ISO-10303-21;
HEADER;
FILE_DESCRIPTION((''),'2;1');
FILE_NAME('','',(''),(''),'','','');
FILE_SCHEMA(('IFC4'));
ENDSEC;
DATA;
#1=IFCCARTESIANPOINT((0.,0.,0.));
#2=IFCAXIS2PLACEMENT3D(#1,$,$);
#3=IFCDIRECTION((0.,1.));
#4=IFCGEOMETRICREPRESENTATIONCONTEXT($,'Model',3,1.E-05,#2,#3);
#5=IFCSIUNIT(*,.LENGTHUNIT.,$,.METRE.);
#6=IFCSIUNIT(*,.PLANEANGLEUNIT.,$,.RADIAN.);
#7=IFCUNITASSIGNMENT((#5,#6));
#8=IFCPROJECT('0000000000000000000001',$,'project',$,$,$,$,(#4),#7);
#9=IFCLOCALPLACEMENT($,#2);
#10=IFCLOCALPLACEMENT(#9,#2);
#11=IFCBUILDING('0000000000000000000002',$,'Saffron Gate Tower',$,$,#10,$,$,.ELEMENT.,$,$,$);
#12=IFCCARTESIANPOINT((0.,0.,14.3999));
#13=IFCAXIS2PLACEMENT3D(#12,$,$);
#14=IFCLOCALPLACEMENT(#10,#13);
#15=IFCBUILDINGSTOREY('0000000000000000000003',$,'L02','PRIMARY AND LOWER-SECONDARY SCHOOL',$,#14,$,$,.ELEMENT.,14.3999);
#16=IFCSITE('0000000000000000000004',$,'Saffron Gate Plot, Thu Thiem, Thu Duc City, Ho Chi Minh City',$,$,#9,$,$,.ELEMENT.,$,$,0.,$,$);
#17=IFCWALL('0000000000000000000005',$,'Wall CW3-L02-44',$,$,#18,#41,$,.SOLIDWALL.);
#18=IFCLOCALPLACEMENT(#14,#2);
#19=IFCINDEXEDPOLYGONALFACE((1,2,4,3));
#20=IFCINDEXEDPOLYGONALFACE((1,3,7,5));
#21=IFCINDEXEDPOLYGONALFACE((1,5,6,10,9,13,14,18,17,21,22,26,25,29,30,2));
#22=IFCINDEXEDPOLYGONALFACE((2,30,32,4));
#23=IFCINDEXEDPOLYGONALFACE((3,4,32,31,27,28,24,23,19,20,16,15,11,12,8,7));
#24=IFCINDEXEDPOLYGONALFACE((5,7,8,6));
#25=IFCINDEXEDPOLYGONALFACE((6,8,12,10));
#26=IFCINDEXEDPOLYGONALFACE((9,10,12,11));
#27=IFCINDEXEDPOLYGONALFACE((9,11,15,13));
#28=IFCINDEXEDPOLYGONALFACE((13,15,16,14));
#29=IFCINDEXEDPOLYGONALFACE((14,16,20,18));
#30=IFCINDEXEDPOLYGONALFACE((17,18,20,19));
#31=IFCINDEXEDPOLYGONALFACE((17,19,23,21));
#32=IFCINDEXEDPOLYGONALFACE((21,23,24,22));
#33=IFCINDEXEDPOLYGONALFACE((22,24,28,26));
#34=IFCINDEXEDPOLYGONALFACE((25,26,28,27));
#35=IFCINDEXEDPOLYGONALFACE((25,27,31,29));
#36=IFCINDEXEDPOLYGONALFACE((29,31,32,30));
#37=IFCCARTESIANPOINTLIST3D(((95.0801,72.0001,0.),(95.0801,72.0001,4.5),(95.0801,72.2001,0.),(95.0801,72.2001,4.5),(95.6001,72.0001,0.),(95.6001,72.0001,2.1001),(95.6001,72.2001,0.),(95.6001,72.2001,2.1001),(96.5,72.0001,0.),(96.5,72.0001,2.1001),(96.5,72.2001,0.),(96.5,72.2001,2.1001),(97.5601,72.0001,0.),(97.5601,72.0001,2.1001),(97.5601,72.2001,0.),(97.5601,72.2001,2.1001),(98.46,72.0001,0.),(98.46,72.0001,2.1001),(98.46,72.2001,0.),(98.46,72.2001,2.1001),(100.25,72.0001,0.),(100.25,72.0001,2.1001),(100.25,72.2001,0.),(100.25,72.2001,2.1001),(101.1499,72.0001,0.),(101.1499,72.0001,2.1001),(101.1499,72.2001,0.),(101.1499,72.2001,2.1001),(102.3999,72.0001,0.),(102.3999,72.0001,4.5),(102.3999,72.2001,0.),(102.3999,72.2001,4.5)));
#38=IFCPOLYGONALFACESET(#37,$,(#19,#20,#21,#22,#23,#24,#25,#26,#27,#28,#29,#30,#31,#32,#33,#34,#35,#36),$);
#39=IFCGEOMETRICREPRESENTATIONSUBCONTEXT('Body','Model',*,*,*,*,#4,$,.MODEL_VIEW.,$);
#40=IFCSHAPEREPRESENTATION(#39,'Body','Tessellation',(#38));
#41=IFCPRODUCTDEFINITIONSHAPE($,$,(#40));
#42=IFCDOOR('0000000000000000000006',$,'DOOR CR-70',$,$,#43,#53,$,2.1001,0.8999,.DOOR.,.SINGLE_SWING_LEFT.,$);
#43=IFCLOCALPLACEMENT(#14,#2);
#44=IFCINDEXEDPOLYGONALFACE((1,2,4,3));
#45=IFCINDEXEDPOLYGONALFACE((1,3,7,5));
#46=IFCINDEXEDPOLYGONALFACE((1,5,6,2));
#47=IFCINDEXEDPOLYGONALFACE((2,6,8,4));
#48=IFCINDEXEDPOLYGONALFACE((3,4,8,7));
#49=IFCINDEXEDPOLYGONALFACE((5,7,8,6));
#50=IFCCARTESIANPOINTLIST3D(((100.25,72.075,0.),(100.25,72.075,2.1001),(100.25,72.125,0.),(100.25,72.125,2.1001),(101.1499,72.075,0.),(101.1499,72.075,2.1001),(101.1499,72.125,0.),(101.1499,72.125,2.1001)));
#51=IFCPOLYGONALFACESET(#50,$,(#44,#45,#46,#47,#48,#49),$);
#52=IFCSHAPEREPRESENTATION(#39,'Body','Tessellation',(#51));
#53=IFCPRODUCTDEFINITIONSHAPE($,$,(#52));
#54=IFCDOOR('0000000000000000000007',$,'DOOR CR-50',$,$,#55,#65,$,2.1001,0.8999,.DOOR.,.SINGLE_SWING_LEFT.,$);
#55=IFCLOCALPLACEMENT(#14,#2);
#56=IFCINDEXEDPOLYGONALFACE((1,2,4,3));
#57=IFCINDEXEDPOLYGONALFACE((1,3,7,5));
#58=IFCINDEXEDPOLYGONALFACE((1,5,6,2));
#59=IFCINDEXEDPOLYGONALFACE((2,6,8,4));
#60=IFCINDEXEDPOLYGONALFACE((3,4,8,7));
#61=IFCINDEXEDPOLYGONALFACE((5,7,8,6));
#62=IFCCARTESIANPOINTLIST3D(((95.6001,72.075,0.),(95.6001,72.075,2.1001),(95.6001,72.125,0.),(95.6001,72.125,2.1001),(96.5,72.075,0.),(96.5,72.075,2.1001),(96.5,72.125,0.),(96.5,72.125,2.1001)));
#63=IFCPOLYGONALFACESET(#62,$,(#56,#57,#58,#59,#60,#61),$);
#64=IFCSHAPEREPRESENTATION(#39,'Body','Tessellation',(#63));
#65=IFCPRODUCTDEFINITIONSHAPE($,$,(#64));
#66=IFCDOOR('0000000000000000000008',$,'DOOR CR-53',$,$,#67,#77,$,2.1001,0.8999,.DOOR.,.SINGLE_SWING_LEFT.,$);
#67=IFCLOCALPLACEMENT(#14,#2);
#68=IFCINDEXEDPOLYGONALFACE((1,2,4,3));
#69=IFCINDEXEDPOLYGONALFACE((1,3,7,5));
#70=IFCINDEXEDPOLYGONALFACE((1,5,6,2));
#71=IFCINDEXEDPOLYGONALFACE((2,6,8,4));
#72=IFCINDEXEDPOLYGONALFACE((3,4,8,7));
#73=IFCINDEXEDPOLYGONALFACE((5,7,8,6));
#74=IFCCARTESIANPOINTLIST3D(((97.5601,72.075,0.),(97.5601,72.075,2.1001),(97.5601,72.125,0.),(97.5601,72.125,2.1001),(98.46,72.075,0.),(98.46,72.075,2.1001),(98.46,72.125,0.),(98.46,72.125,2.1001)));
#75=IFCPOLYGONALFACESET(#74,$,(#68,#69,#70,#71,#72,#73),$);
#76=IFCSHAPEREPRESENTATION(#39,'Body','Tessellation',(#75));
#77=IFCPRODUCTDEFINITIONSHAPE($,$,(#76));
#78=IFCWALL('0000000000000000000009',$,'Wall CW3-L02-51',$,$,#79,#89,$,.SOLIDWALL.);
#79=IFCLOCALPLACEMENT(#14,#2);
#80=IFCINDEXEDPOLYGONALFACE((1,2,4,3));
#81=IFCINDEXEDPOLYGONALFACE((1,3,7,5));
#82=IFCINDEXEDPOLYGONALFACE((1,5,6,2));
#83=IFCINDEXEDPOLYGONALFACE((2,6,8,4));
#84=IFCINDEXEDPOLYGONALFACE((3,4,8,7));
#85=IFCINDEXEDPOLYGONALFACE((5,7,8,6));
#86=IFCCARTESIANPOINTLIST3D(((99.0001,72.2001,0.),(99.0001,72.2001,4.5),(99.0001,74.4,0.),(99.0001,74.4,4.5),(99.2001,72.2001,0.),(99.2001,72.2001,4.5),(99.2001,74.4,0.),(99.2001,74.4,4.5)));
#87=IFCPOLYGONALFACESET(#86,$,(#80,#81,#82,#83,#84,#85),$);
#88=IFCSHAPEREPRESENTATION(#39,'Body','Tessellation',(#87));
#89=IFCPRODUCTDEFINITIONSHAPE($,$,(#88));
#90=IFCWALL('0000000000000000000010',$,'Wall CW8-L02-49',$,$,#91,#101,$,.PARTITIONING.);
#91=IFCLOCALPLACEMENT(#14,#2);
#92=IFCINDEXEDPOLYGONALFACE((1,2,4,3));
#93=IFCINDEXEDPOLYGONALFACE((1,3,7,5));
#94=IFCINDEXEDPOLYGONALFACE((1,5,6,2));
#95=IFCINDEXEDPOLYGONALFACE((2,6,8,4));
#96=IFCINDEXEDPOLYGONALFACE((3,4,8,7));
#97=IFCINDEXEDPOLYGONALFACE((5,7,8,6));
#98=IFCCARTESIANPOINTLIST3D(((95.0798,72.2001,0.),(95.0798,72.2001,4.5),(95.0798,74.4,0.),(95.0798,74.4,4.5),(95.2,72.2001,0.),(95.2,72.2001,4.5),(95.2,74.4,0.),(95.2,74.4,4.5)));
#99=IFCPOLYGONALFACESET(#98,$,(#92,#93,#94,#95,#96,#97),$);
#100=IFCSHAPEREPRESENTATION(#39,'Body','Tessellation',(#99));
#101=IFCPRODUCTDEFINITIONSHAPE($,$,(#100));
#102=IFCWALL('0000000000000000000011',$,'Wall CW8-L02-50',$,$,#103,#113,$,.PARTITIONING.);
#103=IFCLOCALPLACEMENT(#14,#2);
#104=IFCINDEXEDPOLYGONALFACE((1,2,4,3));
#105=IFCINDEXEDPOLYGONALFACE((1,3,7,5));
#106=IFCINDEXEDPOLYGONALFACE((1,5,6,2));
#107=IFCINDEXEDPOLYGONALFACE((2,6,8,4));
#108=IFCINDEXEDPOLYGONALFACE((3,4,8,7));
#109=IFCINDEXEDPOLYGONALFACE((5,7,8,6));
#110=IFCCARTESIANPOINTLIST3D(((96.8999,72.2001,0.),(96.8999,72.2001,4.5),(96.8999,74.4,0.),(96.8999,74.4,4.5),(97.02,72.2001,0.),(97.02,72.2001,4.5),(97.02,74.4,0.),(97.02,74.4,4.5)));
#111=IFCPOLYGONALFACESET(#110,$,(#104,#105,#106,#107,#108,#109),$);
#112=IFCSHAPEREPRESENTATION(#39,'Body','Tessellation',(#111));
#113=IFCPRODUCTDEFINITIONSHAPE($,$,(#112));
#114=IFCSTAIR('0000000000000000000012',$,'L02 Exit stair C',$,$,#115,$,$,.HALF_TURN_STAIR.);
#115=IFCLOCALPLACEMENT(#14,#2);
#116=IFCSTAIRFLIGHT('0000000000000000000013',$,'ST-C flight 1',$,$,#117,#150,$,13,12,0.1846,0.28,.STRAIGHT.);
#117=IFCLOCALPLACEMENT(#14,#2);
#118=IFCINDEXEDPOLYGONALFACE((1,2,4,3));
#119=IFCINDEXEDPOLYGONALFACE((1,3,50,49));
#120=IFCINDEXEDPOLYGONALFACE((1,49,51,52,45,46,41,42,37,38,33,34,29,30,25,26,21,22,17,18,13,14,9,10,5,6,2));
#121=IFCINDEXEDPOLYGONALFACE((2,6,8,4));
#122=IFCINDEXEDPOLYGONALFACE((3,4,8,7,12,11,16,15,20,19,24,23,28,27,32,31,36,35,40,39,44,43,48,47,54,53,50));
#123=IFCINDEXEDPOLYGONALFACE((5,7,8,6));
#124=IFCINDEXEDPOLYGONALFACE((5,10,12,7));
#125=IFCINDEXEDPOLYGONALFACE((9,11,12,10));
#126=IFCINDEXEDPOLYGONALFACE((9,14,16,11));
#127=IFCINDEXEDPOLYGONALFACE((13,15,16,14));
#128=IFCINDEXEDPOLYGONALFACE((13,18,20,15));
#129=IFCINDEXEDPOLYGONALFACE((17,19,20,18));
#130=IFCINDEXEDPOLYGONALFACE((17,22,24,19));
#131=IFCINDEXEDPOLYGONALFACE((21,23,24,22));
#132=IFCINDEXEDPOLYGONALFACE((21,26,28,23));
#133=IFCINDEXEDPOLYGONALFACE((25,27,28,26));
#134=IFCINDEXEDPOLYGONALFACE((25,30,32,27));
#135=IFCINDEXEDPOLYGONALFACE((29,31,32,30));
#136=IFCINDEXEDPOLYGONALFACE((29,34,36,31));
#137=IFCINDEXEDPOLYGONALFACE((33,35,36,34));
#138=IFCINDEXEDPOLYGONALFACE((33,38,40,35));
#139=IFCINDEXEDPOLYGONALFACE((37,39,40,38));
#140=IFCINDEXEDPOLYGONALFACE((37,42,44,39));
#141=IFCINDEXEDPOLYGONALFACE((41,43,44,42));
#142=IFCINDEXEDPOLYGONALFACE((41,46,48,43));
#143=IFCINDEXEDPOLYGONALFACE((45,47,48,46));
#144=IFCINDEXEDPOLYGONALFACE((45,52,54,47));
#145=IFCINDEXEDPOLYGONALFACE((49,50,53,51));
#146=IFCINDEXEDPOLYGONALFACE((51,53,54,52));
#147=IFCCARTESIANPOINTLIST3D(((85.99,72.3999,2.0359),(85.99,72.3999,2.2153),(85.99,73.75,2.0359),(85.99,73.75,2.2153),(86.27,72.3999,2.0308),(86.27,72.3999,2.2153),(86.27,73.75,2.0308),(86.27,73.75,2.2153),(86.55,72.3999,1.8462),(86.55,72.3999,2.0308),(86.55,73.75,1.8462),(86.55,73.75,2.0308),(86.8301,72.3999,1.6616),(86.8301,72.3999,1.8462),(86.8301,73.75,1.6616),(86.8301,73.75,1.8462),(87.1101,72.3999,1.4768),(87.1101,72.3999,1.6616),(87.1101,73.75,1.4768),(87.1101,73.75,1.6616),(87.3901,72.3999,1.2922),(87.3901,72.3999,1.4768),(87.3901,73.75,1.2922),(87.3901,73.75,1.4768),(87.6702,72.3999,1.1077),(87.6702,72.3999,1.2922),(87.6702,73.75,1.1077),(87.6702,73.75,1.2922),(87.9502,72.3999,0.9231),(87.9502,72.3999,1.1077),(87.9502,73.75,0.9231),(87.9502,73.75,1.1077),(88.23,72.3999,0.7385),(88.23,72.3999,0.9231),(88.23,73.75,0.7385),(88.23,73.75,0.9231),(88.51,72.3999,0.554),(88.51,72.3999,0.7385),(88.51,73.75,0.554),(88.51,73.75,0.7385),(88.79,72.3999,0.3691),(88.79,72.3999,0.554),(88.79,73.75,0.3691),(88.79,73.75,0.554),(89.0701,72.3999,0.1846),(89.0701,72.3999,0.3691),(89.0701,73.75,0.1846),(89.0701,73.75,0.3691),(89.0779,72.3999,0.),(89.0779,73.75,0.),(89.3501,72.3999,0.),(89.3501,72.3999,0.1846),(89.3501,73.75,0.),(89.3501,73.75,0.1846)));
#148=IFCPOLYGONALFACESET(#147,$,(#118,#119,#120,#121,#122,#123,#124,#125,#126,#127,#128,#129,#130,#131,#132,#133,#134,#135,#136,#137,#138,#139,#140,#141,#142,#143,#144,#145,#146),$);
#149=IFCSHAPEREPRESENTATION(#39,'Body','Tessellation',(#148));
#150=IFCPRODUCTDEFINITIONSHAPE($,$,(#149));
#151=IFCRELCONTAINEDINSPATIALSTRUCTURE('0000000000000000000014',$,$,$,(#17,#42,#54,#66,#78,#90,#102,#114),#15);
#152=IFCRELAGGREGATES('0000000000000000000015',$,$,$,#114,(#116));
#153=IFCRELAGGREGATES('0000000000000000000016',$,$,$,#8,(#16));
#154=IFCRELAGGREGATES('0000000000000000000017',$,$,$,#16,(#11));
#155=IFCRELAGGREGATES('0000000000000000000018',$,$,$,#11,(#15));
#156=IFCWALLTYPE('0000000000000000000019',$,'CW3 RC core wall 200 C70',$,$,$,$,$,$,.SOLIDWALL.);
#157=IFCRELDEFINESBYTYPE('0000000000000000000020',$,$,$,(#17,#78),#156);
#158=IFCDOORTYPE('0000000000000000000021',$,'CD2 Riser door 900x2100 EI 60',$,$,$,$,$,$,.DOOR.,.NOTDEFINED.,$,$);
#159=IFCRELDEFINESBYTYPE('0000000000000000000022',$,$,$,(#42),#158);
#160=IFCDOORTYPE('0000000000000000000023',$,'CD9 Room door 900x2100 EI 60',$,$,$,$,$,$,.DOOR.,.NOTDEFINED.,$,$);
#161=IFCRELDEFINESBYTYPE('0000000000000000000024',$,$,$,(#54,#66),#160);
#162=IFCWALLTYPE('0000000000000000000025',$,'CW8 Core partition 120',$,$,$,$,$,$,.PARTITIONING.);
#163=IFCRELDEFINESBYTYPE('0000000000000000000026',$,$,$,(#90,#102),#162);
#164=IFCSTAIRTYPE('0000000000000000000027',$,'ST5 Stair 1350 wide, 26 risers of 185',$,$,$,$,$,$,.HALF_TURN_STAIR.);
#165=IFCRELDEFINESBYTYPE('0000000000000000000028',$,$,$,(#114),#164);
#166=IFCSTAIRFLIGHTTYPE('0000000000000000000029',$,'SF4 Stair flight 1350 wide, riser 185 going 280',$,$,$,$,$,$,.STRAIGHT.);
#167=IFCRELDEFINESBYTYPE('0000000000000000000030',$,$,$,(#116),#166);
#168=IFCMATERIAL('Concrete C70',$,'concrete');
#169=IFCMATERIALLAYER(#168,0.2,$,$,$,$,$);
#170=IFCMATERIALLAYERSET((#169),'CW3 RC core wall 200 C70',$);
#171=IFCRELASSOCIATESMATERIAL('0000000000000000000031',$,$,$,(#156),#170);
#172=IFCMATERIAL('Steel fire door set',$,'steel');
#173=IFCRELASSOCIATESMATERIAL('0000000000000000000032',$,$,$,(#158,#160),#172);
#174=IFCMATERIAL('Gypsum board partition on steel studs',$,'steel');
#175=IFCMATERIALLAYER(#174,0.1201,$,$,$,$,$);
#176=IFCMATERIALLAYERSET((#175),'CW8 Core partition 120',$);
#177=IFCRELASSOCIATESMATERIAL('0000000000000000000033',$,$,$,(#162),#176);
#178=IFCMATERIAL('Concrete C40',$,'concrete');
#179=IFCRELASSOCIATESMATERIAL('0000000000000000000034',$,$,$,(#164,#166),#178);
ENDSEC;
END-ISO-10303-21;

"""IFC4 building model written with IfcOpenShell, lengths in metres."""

from ifc_helpers import new_model, si_unit, direction, frame, frame_2d, origin, place, context, subcontext, project, spatial, polyline, rectangle, outline, extrude, material, layer, layer_set, type_object, element, fill, aggregate, save


model = new_model("IFC4")

# Units and contexts
model_context = context("Model", 3, precision=1e-05, world=origin(), true_north=direction((0.0, 1.0)))
body_context = subcontext(model_context, "Body", "Model", "MODEL_VIEW")
ifc_project = project(units=[si_unit("LENGTHUNIT", "METRE"), si_unit("PLANEANGLEUNIT", "RADIAN")], contexts=[model_context])

# Site, building, storey
site_placement = place(None, origin())
site = spatial("IfcSite", under=ifc_project, at=site_placement, Name="Saffron Gate Plot, Thu Thiem, Thu Duc City, Ho Chi Minh City", CompositionType="ELEMENT", RefElevation=0.0)
building_placement = place(site_placement, origin())
building = spatial("IfcBuilding", under=site, at=building_placement, Name="Saffron Gate Tower", CompositionType="ELEMENT")
storey_placement = place(building_placement, frame((0.0, 0.0, 14.3999)))
storey = spatial("IfcBuildingStorey", under=building, at=storey_placement, Name="L02", Description="PRIMARY AND LOWER-SECONDARY SCHOOL", CompositionType="ELEMENT", Elevation=14.3999)

# Wall, openings, doors
ifc_material_1 = material(Name="Concrete C70", Category="concrete")
ifc_layer_1 = layer(ifc_material_1, 0.2)
ifc_layer_set_1 = layer_set([ifc_layer_1], Name="CW3 RC core wall 200 C70")
wall_type_1 = type_object("IfcWallType", Name="CW3 RC core wall 200 C70", PredefinedType="SOLIDWALL", material=ifc_layer_set_1)
wall_1_placement = place(storey_placement, frame((95.0801, 72.1001, 0.0), z_axis=(0.0, 0.0, 1.0), x_axis=(1.0, 0.0, 0.0)))
wall_1 = element("IfcWall", 1, at=wall_1_placement, inside=storey, type_object=wall_type_1, Name="Wall CW3-L02-44", PredefinedType="SOLIDWALL", context=body_context, shape_type="SweptSolid", body=[
    extrude(rectangle(XDim=7.3198, YDim=0.2, at=frame_2d((3.6599, 0.0))), origin(), (0.0, 0.0, 1.0), 4.5),
])
opening_1_placement = place(wall_1_placement, frame((0.52, 0.0, 0.0)))
opening_1 = element("IfcOpeningElement", 2, at=opening_1_placement, cuts=wall_1, PredefinedType="OPENING", context=body_context, shape_type="SweptSolid", body=[
    extrude(rectangle(XDim=0.8999, YDim=2.1001, at=frame_2d((0.45, 1.05))), frame((0.0, 0.1099, 0.0), z_axis=(0.0, -1.0, 0.0), x_axis=(1.0, 0.0, 0.0)), (0.0, 0.0, 1.0), 0.22),
])
opening_2_placement = place(wall_1_placement, frame((2.48, 0.0, 0.0)))
opening_2 = element("IfcOpeningElement", 3, at=opening_2_placement, cuts=wall_1, PredefinedType="OPENING", context=body_context, shape_type="SweptSolid", body=[
    extrude(rectangle(XDim=0.8999, YDim=2.1001, at=frame_2d((0.45, 1.05))), frame((0.0, 0.1099, 0.0), z_axis=(0.0, -1.0, 0.0), x_axis=(1.0, 0.0, 0.0)), (0.0, 0.0, 1.0), 0.22),
])
opening_3_placement = place(wall_1_placement, frame((5.1699, 0.0, 0.0)))
opening_3 = element("IfcOpeningElement", 4, at=opening_3_placement, cuts=wall_1, PredefinedType="OPENING", context=body_context, shape_type="SweptSolid", body=[
    extrude(rectangle(XDim=0.8999, YDim=2.1001, at=frame_2d((0.45, 1.05))), frame((0.0, 0.1099, 0.0), z_axis=(0.0, -1.0, 0.0), x_axis=(1.0, 0.0, 0.0)), (0.0, 0.0, 1.0), 0.22),
])
ifc_material_2 = material(Name="Steel fire door set", Category="steel")
door_type_1 = type_object("IfcDoorType", Name="CD2 Riser door 900x2100 EI 60", OperationType="NOTDEFINED", PredefinedType="DOOR", material=ifc_material_2)
door_1_placement = place(opening_3_placement, origin())
door_1 = element("IfcDoor", 5, at=door_1_placement, inside=storey, type_object=door_type_1, Name="DOOR CR-70", OperationType="SINGLE_SWING_LEFT", OverallHeight=2.1001, OverallWidth=0.8999, PredefinedType="DOOR", context=body_context, shape_type="SweptSolid", body=[
    extrude(rectangle(XDim=0.8999, YDim=2.1001, at=frame_2d((0.45, 1.05))), frame((0.0, 0.0249, 0.0), z_axis=(0.0, -1.0, 0.0), x_axis=(1.0, 0.0, 0.0)), (0.0, 0.0, 1.0), 0.05),
])
fill(opening_3, door_1)
door_type_2 = type_object("IfcDoorType", Name="CD9 Room door 900x2100 EI 60", OperationType="NOTDEFINED", PredefinedType="DOOR", material=ifc_material_2)
door_2_placement = place(opening_1_placement, origin())
door_2 = element("IfcDoor", 6, at=door_2_placement, inside=storey, type_object=door_type_2, Name="DOOR CR-50", OperationType="SINGLE_SWING_LEFT", OverallHeight=2.1001, OverallWidth=0.8999, PredefinedType="DOOR", context=body_context, shape_type="SweptSolid", body=[
    extrude(rectangle(XDim=0.8999, YDim=2.1001, at=frame_2d((0.45, 1.05))), frame((0.0, 0.0249, 0.0), z_axis=(0.0, -1.0, 0.0), x_axis=(1.0, 0.0, 0.0)), (0.0, 0.0, 1.0), 0.05),
])
fill(opening_1, door_2)
door_3_placement = place(opening_2_placement, origin())
door_3 = element("IfcDoor", 7, at=door_3_placement, inside=storey, type_object=door_type_2, Name="DOOR CR-53", OperationType="SINGLE_SWING_LEFT", OverallHeight=2.1001, OverallWidth=0.8999, PredefinedType="DOOR", context=body_context, shape_type="SweptSolid", body=[
    extrude(rectangle(XDim=0.8999, YDim=2.1001, at=frame_2d((0.45, 1.05))), frame((0.0, 0.0249, 0.0), z_axis=(0.0, -1.0, 0.0), x_axis=(1.0, 0.0, 0.0)), (0.0, 0.0, 1.0), 0.05),
])
fill(opening_2, door_3)

# Walls
wall_2_placement = place(storey_placement, frame((99.1001, 72.2, 0.0), z_axis=(0.0, 0.0, 1.0), x_axis=(0.0, 1.0, 0.0)))
element("IfcWall", 8, at=wall_2_placement, inside=storey, type_object=wall_type_1, Name="Wall CW3-L02-51", PredefinedType="SOLIDWALL", context=body_context, shape_type="SweptSolid", body=[
    extrude(rectangle(XDim=2.2, YDim=0.2, at=frame_2d((1.1001, 0.0))), origin(), (0.0, 0.0, 1.0), 4.5),
])
ifc_material_3 = material(Name="Gypsum board partition on steel studs", Category="steel")
ifc_layer_2 = layer(ifc_material_3, 0.1201)
ifc_layer_set_2 = layer_set([ifc_layer_2], Name="CW8 Core partition 120")
wall_type_2 = type_object("IfcWallType", Name="CW8 Core partition 120", PredefinedType="PARTITIONING", material=ifc_layer_set_2)
for number, where, z_axis, x_axis, name in (
    (9, (95.1399, 72.2, 0.0), (0.0, 0.0, 1.0), (0.0, 1.0, 0.0), "Wall CW8-L02-49"),
    (10, (96.96, 72.2, 0.0), (0.0, 0.0, 1.0), (0.0, 1.0, 0.0), "Wall CW8-L02-50"),
):
    element("IfcWall", number, at=place(storey_placement, frame(where, z_axis=z_axis, x_axis=x_axis)), inside=storey, type_object=wall_type_2, Name=name, PredefinedType="PARTITIONING", context=body_context, shape_type="SweptSolid", body=[
        extrude(rectangle(XDim=2.2, YDim=0.1201, at=frame_2d((1.1001, 0.0))), origin(), (0.0, 0.0, 1.0), 4.5),
    ])

# Stair, stair flight
ifc_material_4 = material(Name="Concrete C40", Category="concrete")
stair_type = type_object("IfcStairType", Name="ST5 Stair 1350 wide, 26 risers of 185", PredefinedType="HALF_TURN_STAIR", material=ifc_material_4)
stair_placement = place(storey_placement, origin())
stair = element("IfcStair", 11, at=stair_placement, inside=storey, type_object=stair_type, Name="L02 Exit stair C", PredefinedType="HALF_TURN_STAIR")
stair_flight_type = type_object("IfcStairFlightType", Name="SF4 Stair flight 1350 wide, riser 185 going 280", PredefinedType="STRAIGHT", material=ifc_material_4)
stair_flight_1_placement = place(storey_placement, frame((89.3501, 73.075, 0.0), z_axis=(0.0, 0.0, 1.0), x_axis=(-1.0, 0.0, 0.0)))
stair_flight_1 = element("IfcStairFlight", 12, at=stair_flight_1_placement, type_object=stair_flight_type, Name="ST-C flight 1", NumberOfRisers=13, NumberOfTreads=12, PredefinedType="STRAIGHT", RiserHeight=0.1846, TreadLength=0.28, context=body_context, shape_type="SweptSolid", body=[
    extrude(outline(polyline([(0.0, 0.0), (0.0, 0.1846), (0.28, 0.1846), (0.28, 0.3691), (0.5601, 0.3691), (0.5601, 0.554), (0.8401, 0.554), (0.8401, 0.7385), (1.1201, 0.7385), (1.1201, 0.9231), (1.3999, 0.9231), (1.3999, 1.1077), (1.6799, 1.1077), (1.6799, 1.2922), (1.96, 1.2922), (1.96, 1.4768), (2.24, 1.4768), (2.24, 1.6616), (2.52, 1.6616), (2.52, 1.8462), (2.8, 1.8462), (2.8, 2.0308), (3.0801, 2.0308), (3.0801, 2.2153), (3.3601, 2.2153), (3.3601, 2.3999), (3.3601, 2.0359), (0.2722, 0.0), (0.0, 0.0)])), frame((0.0, 0.675, 0.0), z_axis=(0.0, -1.0, 0.0), x_axis=(1.0, 0.0, 0.0)), (0.0, 0.0, 1.0), 1.3501),
])
aggregate(stair, [stair_flight_1])

save(model, "model.ifc")
